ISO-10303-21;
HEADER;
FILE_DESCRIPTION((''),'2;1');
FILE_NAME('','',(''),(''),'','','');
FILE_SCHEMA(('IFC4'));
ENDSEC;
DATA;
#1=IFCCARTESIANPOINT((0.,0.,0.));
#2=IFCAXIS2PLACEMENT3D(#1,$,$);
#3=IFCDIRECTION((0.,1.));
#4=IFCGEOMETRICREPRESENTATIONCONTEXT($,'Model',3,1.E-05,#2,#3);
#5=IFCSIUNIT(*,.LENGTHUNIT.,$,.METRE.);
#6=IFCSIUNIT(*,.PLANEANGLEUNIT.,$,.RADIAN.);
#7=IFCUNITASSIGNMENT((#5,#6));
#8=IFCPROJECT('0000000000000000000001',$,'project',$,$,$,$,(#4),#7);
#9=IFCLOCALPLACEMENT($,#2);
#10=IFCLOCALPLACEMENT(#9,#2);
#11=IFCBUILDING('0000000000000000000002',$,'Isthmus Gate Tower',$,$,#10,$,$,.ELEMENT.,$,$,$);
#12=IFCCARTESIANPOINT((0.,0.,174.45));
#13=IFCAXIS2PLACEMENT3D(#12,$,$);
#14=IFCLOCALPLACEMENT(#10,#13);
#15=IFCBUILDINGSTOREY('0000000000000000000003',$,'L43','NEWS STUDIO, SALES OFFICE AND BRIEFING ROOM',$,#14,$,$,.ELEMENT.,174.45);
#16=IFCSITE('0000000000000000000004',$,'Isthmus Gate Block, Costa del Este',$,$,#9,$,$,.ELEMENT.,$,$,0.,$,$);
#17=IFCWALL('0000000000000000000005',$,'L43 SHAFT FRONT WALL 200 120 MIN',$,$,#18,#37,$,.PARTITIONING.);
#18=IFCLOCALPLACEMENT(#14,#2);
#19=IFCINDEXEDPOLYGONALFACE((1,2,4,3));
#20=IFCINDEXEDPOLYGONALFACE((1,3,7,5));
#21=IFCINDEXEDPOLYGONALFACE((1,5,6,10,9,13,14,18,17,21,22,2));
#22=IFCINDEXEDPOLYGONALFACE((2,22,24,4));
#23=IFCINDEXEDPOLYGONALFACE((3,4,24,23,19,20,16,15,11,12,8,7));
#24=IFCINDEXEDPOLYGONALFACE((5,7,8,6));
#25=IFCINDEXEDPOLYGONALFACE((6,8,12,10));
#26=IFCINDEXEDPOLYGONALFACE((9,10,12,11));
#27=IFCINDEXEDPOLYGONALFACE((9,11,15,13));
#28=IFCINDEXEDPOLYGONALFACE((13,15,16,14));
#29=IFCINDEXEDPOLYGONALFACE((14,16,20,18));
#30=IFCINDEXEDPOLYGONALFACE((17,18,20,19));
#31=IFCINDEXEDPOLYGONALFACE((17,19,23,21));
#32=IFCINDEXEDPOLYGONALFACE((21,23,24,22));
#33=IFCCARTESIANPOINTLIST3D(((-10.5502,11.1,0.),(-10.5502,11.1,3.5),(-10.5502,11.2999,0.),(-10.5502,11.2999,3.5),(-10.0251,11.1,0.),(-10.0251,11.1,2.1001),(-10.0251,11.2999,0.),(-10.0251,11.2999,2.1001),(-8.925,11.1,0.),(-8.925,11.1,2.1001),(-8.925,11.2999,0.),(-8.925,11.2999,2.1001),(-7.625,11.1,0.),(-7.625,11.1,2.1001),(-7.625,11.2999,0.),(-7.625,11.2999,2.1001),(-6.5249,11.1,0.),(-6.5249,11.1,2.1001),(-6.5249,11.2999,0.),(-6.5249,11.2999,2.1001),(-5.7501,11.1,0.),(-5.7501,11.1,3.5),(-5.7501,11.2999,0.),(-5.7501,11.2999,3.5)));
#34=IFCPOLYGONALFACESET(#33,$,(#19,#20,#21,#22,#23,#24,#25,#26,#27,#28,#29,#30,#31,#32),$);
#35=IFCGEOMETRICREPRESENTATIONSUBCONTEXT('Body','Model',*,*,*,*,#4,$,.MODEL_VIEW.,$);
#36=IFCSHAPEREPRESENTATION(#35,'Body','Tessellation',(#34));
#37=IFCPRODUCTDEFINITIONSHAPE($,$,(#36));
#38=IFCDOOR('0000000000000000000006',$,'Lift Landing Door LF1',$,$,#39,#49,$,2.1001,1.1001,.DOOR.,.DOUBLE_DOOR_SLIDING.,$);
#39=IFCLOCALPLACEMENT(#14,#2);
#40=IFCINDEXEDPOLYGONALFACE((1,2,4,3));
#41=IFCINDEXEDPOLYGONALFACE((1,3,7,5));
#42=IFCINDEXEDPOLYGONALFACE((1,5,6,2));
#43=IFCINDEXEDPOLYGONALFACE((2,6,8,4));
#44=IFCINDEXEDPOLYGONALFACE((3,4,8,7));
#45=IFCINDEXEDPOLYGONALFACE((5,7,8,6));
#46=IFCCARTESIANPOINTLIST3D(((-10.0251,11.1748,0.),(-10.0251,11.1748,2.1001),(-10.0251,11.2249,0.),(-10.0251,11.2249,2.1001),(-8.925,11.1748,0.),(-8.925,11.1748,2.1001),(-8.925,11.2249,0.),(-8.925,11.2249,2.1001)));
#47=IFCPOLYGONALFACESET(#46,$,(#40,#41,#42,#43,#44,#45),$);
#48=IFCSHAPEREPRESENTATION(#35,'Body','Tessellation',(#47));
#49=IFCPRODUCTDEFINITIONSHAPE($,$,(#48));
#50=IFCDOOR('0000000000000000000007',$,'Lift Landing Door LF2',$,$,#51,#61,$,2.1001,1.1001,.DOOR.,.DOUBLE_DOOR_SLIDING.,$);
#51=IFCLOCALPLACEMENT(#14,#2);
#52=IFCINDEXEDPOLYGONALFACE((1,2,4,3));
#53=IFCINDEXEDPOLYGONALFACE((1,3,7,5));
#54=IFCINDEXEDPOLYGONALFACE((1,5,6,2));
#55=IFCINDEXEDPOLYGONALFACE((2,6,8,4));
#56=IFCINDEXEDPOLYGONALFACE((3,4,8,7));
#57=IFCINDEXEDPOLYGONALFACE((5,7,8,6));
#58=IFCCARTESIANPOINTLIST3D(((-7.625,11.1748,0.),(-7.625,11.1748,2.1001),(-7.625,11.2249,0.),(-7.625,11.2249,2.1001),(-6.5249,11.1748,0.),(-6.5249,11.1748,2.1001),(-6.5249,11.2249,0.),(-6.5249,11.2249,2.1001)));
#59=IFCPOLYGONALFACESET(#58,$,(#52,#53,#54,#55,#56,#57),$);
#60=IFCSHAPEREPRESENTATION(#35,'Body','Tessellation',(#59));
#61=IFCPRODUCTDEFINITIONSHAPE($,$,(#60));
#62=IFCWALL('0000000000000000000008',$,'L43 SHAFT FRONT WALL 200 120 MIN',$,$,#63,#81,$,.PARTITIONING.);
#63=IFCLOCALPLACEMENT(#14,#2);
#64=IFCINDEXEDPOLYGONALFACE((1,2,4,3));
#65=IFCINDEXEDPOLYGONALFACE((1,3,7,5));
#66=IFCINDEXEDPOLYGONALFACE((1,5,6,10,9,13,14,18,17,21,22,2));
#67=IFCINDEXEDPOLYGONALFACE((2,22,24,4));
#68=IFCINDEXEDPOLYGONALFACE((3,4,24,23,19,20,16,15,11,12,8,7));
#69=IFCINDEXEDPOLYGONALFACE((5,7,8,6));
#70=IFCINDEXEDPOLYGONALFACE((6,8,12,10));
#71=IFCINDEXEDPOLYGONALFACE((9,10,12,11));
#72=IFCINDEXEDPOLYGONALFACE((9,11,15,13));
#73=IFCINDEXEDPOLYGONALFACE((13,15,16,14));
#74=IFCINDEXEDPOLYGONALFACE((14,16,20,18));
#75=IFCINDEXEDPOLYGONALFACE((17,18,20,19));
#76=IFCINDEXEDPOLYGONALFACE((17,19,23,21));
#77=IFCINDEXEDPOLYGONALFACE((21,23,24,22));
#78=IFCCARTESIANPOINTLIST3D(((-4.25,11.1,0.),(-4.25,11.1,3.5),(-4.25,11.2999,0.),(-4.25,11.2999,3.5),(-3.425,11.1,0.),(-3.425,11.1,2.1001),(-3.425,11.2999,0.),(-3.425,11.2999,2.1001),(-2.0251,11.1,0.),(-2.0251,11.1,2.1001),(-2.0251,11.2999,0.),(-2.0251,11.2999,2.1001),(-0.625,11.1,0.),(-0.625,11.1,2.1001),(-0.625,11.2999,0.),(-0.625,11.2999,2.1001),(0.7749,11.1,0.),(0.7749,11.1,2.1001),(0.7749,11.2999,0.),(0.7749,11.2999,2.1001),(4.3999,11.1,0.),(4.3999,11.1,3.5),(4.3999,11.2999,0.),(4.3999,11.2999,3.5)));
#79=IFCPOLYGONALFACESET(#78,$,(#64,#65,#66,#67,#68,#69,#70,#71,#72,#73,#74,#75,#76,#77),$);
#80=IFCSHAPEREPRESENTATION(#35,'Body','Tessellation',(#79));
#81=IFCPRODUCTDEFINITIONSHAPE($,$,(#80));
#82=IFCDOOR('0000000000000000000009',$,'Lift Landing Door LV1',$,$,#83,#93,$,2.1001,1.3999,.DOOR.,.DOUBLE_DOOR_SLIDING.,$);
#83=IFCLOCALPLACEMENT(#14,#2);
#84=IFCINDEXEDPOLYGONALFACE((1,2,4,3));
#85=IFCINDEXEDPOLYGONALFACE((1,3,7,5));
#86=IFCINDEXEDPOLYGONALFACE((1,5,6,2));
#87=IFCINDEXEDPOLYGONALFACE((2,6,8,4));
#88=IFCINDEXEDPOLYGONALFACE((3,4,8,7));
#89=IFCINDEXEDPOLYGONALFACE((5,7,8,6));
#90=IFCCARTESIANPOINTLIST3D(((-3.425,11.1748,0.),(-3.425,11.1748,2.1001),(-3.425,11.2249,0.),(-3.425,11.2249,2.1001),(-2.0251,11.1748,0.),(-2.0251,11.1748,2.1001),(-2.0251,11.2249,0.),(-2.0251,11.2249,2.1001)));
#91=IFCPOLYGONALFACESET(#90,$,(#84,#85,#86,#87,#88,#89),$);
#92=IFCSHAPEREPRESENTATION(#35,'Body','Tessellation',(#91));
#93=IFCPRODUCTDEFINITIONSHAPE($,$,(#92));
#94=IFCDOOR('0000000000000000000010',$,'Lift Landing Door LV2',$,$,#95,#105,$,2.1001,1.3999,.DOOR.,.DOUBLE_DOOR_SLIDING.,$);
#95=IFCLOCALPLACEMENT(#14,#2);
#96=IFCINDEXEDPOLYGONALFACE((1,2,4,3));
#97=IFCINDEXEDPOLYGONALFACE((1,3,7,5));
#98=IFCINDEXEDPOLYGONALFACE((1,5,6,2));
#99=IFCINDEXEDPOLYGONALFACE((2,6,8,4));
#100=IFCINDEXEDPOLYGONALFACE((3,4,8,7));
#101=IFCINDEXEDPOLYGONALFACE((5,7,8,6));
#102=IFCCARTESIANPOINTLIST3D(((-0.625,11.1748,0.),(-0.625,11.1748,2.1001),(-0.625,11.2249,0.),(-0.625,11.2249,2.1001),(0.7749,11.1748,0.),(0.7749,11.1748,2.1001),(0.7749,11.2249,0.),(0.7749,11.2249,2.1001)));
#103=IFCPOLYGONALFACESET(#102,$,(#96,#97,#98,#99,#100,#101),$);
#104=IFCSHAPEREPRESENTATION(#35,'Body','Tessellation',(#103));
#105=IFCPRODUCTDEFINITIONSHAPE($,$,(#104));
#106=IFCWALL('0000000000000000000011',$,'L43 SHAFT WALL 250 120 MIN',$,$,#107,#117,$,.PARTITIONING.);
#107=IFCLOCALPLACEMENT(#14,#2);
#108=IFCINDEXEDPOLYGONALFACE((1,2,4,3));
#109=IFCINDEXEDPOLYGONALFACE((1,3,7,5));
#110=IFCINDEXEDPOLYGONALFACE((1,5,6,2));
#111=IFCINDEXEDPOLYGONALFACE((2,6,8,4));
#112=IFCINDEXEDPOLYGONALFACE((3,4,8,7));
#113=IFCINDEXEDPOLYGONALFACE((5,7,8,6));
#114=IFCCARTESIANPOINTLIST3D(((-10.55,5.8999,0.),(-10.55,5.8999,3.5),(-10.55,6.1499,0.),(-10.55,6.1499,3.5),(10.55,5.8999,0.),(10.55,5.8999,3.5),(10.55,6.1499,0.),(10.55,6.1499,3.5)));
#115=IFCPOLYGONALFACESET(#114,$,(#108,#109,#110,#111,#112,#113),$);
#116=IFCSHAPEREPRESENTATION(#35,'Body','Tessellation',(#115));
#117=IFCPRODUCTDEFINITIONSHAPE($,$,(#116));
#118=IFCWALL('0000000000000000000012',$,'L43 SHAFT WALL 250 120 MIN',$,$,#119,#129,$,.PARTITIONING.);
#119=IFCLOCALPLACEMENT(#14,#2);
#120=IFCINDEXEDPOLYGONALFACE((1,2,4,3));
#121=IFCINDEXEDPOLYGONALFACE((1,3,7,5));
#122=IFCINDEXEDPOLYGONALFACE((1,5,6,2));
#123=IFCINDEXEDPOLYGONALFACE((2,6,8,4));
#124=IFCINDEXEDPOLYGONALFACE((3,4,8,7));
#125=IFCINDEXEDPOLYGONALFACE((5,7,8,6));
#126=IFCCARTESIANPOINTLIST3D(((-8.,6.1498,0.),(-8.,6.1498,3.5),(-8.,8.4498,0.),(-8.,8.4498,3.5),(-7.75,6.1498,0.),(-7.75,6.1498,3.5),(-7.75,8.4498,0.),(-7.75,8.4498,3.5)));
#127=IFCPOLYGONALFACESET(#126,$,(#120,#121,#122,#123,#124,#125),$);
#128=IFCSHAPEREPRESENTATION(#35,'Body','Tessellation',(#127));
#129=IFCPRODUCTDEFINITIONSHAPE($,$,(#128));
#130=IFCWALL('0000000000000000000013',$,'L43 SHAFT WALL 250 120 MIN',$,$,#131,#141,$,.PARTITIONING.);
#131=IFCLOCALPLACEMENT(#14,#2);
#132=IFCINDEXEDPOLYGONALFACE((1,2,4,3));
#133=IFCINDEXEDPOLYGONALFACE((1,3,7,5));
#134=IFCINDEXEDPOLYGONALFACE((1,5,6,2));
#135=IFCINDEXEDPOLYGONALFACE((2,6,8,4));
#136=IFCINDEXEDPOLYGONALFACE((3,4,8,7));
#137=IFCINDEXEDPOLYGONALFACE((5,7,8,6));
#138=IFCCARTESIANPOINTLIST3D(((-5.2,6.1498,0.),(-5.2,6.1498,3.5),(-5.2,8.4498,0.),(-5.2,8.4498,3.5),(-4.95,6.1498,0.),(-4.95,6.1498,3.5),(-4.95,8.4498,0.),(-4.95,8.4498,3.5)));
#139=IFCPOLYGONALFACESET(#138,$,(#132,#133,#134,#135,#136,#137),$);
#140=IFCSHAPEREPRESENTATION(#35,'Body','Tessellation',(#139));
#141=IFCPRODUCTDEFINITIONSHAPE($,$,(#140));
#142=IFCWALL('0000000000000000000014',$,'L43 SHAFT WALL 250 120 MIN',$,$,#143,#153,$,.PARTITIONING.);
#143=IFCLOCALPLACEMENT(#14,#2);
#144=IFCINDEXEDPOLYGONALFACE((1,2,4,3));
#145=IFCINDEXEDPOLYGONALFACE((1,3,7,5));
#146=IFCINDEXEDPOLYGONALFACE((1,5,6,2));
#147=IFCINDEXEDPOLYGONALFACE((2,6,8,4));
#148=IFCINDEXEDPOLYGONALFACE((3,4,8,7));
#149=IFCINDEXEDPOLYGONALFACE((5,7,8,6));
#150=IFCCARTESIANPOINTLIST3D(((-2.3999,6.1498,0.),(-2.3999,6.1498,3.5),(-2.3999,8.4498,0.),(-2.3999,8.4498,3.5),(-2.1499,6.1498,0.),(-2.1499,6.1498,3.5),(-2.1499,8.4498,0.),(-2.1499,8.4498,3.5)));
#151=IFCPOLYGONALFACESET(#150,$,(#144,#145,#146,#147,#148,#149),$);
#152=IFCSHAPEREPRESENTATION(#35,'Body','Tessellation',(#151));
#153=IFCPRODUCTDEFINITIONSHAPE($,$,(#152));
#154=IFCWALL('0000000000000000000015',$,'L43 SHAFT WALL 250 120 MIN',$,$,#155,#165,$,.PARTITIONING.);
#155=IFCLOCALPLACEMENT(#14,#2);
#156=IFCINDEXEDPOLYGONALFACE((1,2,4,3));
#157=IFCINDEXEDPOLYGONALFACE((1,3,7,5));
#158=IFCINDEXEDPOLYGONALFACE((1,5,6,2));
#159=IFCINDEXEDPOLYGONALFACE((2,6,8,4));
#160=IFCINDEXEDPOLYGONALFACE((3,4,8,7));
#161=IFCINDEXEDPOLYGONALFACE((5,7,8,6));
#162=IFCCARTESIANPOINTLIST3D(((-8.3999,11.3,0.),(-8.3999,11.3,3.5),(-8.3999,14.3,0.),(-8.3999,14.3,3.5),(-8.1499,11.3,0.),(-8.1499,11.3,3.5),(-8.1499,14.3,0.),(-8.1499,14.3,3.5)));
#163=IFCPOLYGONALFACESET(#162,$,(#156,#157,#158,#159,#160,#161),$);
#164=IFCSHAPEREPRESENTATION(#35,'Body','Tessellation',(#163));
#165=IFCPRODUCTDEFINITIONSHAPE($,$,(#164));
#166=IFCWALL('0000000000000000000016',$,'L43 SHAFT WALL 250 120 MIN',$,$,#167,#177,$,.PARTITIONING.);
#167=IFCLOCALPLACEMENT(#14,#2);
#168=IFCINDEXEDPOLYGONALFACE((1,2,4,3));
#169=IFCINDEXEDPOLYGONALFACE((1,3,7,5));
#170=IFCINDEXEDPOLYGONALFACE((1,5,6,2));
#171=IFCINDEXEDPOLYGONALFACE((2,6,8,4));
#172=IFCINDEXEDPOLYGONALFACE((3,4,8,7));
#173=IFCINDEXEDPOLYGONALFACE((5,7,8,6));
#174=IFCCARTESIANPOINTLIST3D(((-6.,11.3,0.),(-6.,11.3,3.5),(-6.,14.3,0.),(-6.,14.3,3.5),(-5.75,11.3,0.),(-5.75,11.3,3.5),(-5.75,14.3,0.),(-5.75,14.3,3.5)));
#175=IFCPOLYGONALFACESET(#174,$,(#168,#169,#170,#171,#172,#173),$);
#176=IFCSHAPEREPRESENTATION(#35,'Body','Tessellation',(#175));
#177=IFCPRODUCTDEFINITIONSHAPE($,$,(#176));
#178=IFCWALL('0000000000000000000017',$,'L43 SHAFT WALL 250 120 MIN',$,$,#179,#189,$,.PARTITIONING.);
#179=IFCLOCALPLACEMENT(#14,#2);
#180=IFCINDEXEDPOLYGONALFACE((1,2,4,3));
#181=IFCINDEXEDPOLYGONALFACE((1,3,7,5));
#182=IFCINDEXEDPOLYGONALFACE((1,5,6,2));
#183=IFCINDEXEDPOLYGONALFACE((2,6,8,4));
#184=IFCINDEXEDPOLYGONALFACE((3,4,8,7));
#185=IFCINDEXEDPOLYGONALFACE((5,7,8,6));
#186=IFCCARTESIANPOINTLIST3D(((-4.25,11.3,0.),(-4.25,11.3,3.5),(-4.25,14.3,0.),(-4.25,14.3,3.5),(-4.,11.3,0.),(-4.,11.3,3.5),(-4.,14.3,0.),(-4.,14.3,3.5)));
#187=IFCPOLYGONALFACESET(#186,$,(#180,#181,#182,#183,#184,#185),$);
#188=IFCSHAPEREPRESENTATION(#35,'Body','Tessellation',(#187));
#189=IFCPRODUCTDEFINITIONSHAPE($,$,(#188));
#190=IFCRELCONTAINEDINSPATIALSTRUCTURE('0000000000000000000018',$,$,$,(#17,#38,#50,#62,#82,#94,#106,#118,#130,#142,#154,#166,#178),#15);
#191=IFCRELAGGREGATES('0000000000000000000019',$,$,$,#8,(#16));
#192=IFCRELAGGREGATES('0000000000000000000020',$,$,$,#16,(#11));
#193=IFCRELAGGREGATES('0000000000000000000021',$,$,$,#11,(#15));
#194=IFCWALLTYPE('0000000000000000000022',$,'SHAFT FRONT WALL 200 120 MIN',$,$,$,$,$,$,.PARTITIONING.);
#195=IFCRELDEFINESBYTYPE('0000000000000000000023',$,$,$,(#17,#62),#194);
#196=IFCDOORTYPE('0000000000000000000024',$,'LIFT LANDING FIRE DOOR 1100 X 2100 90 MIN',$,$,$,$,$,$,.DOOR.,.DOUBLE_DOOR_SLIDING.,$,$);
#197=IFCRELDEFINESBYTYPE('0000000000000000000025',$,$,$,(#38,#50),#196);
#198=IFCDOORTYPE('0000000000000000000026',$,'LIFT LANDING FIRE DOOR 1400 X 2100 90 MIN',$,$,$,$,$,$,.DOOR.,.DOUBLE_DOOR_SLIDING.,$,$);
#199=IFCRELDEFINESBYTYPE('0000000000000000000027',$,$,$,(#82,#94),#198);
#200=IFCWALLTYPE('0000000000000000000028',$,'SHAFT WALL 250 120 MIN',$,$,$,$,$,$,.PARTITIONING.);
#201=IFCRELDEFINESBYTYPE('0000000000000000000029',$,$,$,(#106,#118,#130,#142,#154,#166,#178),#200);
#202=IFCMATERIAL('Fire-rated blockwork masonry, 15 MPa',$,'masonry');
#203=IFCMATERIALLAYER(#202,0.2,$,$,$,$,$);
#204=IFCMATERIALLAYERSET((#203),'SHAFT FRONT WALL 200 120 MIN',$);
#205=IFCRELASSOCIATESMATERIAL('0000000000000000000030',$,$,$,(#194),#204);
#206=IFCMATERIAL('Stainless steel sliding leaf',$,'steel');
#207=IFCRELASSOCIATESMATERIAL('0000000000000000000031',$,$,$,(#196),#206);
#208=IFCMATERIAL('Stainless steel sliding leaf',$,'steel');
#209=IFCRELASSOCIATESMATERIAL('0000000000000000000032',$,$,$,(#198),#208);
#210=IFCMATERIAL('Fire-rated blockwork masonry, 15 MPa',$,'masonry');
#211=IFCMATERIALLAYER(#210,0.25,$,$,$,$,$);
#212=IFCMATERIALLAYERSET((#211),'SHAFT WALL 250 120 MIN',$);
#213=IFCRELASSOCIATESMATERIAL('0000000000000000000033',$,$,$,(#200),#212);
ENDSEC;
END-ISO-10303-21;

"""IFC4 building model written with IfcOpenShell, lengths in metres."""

from ifc_helpers import new_model, si_unit, direction, frame, frame_2d, origin, place, context, subcontext, project, spatial, rectangle, extrude, material, layer, layer_set, type_object, element, fill, save


model = new_model("IFC4")

# Units and contexts
model_context = context("Model", 3, precision=1e-05, world=origin(), true_north=direction((0.0, 1.0)))
body_context = subcontext(model_context, "Body", "Model", "MODEL_VIEW")
ifc_project = project(units=[si_unit("LENGTHUNIT", "METRE"), si_unit("PLANEANGLEUNIT", "RADIAN")], contexts=[model_context])

# Site, building, storey
site_placement = place(None, origin())
site = spatial("IfcSite", under=ifc_project, at=site_placement, Name="Isthmus Gate Block, Costa del Este", CompositionType="ELEMENT", RefElevation=0.0)
building_placement = place(site_placement, origin())
building = spatial("IfcBuilding", under=site, at=building_placement, Name="Isthmus Gate Tower", CompositionType="ELEMENT")
storey_placement = place(building_placement, frame((0.0, 0.0, 174.45)))
storey = spatial("IfcBuildingStorey", under=building, at=storey_placement, Name="L43", Description="NEWS STUDIO, SALES OFFICE AND BRIEFING ROOM", CompositionType="ELEMENT", Elevation=174.45)

# Walls, openings, doors
ifc_material_1 = material(Name="Fire-rated blockwork masonry, 15 MPa", Category="masonry")
ifc_layer_1 = layer(ifc_material_1, 0.2)
ifc_layer_set_1 = layer_set([ifc_layer_1], Name="SHAFT FRONT WALL 200 120 MIN")
wall_type_1 = type_object("IfcWallType", Name="SHAFT FRONT WALL 200 120 MIN", PredefinedType="PARTITIONING", material=ifc_layer_set_1)
wall_1_placement = place(storey_placement, frame((-10.55, 11.2, 0.0), z_axis=(0.0, 0.0, 1.0), x_axis=(1.0, 0.0, 0.0)))
wall_1 = element("IfcWall", 1, at=wall_1_placement, inside=storey, type_object=wall_type_1, Name="L43 SHAFT FRONT WALL 200 120 MIN", PredefinedType="PARTITIONING", context=body_context, shape_type="SweptSolid", body=[
    extrude(rectangle(XDim=4.8, YDim=0.2, at=frame_2d((2.3999, 0.0))), origin(), (0.0, 0.0, 1.0), 3.5),
])
opening_1_placement = place(wall_1_placement, frame((0.5249, 0.0, 0.0)))
opening_1 = element("IfcOpeningElement", 2, at=opening_1_placement, cuts=wall_1, PredefinedType="OPENING", context=body_context, shape_type="SweptSolid", body=[
    extrude(rectangle(XDim=1.1001, YDim=2.1001, at=frame_2d((0.55, 1.05))), frame((0.0, 0.1099, 0.0), z_axis=(0.0, -1.0, 0.0), x_axis=(1.0, 0.0, 0.0)), (0.0, 0.0, 1.0), 0.22),
])
opening_2_placement = place(wall_1_placement, frame((2.925, 0.0, 0.0)))
opening_2 = element("IfcOpeningElement", 3, at=opening_2_placement, cuts=wall_1, PredefinedType="OPENING", context=body_context, shape_type="SweptSolid", body=[
    extrude(rectangle(XDim=1.1001, YDim=2.1001, at=frame_2d((0.55, 1.05))), frame((0.0, 0.1099, 0.0), z_axis=(0.0, -1.0, 0.0), x_axis=(1.0, 0.0, 0.0)), (0.0, 0.0, 1.0), 0.22),
])
ifc_material_2 = material(Name="Stainless steel sliding leaf", Category="steel")
door_type_1 = type_object("IfcDoorType", Name="LIFT LANDING FIRE DOOR 1100 X 2100 90 MIN", OperationType="DOUBLE_DOOR_SLIDING", PredefinedType="DOOR", material=ifc_material_2)
door_1_placement = place(opening_1_placement, origin())
door_1 = element("IfcDoor", 4, at=door_1_placement, inside=storey, type_object=door_type_1, Name="Lift Landing Door LF1", OperationType="DOUBLE_DOOR_SLIDING", OverallHeight=2.1001, OverallWidth=1.1001, PredefinedType="DOOR", context=body_context, shape_type="SweptSolid", body=[
    extrude(rectangle(XDim=1.1001, YDim=2.1001, at=frame_2d((0.55, 1.05))), frame((0.0, 0.0249, 0.0), z_axis=(0.0, -1.0, 0.0), x_axis=(1.0, 0.0, 0.0)), (0.0, 0.0, 1.0), 0.05),
])
fill(opening_1, door_1)
door_2_placement = place(opening_2_placement, origin())
door_2 = element("IfcDoor", 5, at=door_2_placement, inside=storey, type_object=door_type_1, Name="Lift Landing Door LF2", OperationType="DOUBLE_DOOR_SLIDING", OverallHeight=2.1001, OverallWidth=1.1001, PredefinedType="DOOR", context=body_context, shape_type="SweptSolid", body=[
    extrude(rectangle(XDim=1.1001, YDim=2.1001, at=frame_2d((0.55, 1.05))), frame((0.0, 0.0249, 0.0), z_axis=(0.0, -1.0, 0.0), x_axis=(1.0, 0.0, 0.0)), (0.0, 0.0, 1.0), 0.05),
])
fill(opening_2, door_2)
wall_2_placement = place(storey_placement, frame((-4.25, 11.2, 0.0), z_axis=(0.0, 0.0, 1.0), x_axis=(1.0, 0.0, 0.0)))
wall_2 = element("IfcWall", 6, at=wall_2_placement, inside=storey, type_object=wall_type_1, Name="L43 SHAFT FRONT WALL 200 120 MIN", PredefinedType="PARTITIONING", context=body_context, shape_type="SweptSolid", body=[
    extrude(rectangle(XDim=8.6499, YDim=0.2, at=frame_2d((4.325, 0.0))), origin(), (0.0, 0.0, 1.0), 3.5),
])
opening_3_placement = place(wall_2_placement, frame((0.825, 0.0, 0.0)))
opening_3 = element("IfcOpeningElement", 7, at=opening_3_placement, cuts=wall_2, PredefinedType="OPENING", context=body_context, shape_type="SweptSolid", body=[
    extrude(rectangle(XDim=1.3999, YDim=2.1001, at=frame_2d((0.7, 1.05))), frame((0.0, 0.1099, 0.0), z_axis=(0.0, -1.0, 0.0), x_axis=(1.0, 0.0, 0.0)), (0.0, 0.0, 1.0), 0.22),
])
opening_4_placement = place(wall_2_placement, frame((3.625, 0.0, 0.0)))
opening_4 = element("IfcOpeningElement", 8, at=opening_4_placement, cuts=wall_2, PredefinedType="OPENING", context=body_context, shape_type="SweptSolid", body=[
    extrude(rectangle(XDim=1.3999, YDim=2.1001, at=frame_2d((0.7, 1.05))), frame((0.0, 0.1099, 0.0), z_axis=(0.0, -1.0, 0.0), x_axis=(1.0, 0.0, 0.0)), (0.0, 0.0, 1.0), 0.22),
])
ifc_material_3 = material(Name="Stainless steel sliding leaf", Category="steel")
door_type_2 = type_object("IfcDoorType", Name="LIFT LANDING FIRE DOOR 1400 X 2100 90 MIN", OperationType="DOUBLE_DOOR_SLIDING", PredefinedType="DOOR", material=ifc_material_3)
door_3_placement = place(opening_3_placement, origin())
door_3 = element("IfcDoor", 9, at=door_3_placement, inside=storey, type_object=door_type_2, Name="Lift Landing Door LV1", OperationType="DOUBLE_DOOR_SLIDING", OverallHeight=2.1001, OverallWidth=1.3999, PredefinedType="DOOR", context=body_context, shape_type="SweptSolid", body=[
    extrude(rectangle(XDim=1.3999, YDim=2.1001, at=frame_2d((0.7, 1.05))), frame((0.0, 0.0249, 0.0), z_axis=(0.0, -1.0, 0.0), x_axis=(1.0, 0.0, 0.0)), (0.0, 0.0, 1.0), 0.05),
])
fill(opening_3, door_3)
door_4_placement = place(opening_4_placement, origin())
door_4 = element("IfcDoor", 10, at=door_4_placement, inside=storey, type_object=door_type_2, Name="Lift Landing Door LV2", OperationType="DOUBLE_DOOR_SLIDING", OverallHeight=2.1001, OverallWidth=1.3999, PredefinedType="DOOR", context=body_context, shape_type="SweptSolid", body=[
    extrude(rectangle(XDim=1.3999, YDim=2.1001, at=frame_2d((0.7, 1.05))), frame((0.0, 0.0249, 0.0), z_axis=(0.0, -1.0, 0.0), x_axis=(1.0, 0.0, 0.0)), (0.0, 0.0, 1.0), 0.05),
])
fill(opening_4, door_4)

# Walls
ifc_material_4 = material(Name="Fire-rated blockwork masonry, 15 MPa", Category="masonry")
ifc_layer_2 = layer(ifc_material_4, 0.25)
ifc_layer_set_2 = layer_set([ifc_layer_2], Name="SHAFT WALL 250 120 MIN")
wall_type_2 = type_object("IfcWallType", Name="SHAFT WALL 250 120 MIN", PredefinedType="PARTITIONING", material=ifc_layer_set_2)
wall_3_placement = place(storey_placement, frame((-10.55, 6.0249, 0.0), z_axis=(0.0, 0.0, 1.0), x_axis=(1.0, 0.0, 0.0)))
element("IfcWall", 11, at=wall_3_placement, inside=storey, type_object=wall_type_2, Name="L43 SHAFT WALL 250 120 MIN", PredefinedType="PARTITIONING", context=body_context, shape_type="SweptSolid", body=[
    extrude(rectangle(XDim=21.1001, YDim=0.25, at=frame_2d((10.55, 0.0))), origin(), (0.0, 0.0, 1.0), 3.5),
])
for number, where, z_axis, x_axis, name in (
    (12, (-7.875, 6.1499, 0.0), (0.0, 0.0, 1.0), (0.0, 1.0, 0.0), "L43 SHAFT WALL 250 120 MIN"),
    (13, (-5.075, 6.1499, 0.0), (0.0, 0.0, 1.0), (0.0, 1.0, 0.0), "L43 SHAFT WALL 250 120 MIN"),
    (14, (-2.2749, 6.1499, 0.0), (0.0, 0.0, 1.0), (0.0, 1.0, 0.0), "L43 SHAFT WALL 250 120 MIN"),
):
    element("IfcWall", number, at=place(storey_placement, frame(where, z_axis=z_axis, x_axis=x_axis)), inside=storey, type_object=wall_type_2, Name=name, PredefinedType="PARTITIONING", context=body_context, shape_type="SweptSolid", body=[
        extrude(rectangle(XDim=2.3, YDim=0.25, at=frame_2d((1.1499, 0.0))), origin(), (0.0, 0.0, 1.0), 3.5),
    ])
for number, where, z_axis, x_axis, name in (
    (15, (-8.2749, 11.3, 0.0), (0.0, 0.0, 1.0), (0.0, 1.0, 0.0), "L43 SHAFT WALL 250 120 MIN"),
    (16, (-5.875, 11.3, 0.0), (0.0, 0.0, 1.0), (0.0, 1.0, 0.0), "L43 SHAFT WALL 250 120 MIN"),
    (17, (-4.125, 11.3, 0.0), (0.0, 0.0, 1.0), (0.0, 1.0, 0.0), "L43 SHAFT WALL 250 120 MIN"),
):
    element("IfcWall", number, at=place(storey_placement, frame(where, z_axis=z_axis, x_axis=x_axis)), inside=storey, type_object=wall_type_2, Name=name, PredefinedType="PARTITIONING", context=body_context, shape_type="SweptSolid", body=[
        extrude(rectangle(XDim=3.0, YDim=0.25, at=frame_2d((1.5, 0.0))), origin(), (0.0, 0.0, 1.0), 3.5),
    ])

save(model, "model.ifc")
